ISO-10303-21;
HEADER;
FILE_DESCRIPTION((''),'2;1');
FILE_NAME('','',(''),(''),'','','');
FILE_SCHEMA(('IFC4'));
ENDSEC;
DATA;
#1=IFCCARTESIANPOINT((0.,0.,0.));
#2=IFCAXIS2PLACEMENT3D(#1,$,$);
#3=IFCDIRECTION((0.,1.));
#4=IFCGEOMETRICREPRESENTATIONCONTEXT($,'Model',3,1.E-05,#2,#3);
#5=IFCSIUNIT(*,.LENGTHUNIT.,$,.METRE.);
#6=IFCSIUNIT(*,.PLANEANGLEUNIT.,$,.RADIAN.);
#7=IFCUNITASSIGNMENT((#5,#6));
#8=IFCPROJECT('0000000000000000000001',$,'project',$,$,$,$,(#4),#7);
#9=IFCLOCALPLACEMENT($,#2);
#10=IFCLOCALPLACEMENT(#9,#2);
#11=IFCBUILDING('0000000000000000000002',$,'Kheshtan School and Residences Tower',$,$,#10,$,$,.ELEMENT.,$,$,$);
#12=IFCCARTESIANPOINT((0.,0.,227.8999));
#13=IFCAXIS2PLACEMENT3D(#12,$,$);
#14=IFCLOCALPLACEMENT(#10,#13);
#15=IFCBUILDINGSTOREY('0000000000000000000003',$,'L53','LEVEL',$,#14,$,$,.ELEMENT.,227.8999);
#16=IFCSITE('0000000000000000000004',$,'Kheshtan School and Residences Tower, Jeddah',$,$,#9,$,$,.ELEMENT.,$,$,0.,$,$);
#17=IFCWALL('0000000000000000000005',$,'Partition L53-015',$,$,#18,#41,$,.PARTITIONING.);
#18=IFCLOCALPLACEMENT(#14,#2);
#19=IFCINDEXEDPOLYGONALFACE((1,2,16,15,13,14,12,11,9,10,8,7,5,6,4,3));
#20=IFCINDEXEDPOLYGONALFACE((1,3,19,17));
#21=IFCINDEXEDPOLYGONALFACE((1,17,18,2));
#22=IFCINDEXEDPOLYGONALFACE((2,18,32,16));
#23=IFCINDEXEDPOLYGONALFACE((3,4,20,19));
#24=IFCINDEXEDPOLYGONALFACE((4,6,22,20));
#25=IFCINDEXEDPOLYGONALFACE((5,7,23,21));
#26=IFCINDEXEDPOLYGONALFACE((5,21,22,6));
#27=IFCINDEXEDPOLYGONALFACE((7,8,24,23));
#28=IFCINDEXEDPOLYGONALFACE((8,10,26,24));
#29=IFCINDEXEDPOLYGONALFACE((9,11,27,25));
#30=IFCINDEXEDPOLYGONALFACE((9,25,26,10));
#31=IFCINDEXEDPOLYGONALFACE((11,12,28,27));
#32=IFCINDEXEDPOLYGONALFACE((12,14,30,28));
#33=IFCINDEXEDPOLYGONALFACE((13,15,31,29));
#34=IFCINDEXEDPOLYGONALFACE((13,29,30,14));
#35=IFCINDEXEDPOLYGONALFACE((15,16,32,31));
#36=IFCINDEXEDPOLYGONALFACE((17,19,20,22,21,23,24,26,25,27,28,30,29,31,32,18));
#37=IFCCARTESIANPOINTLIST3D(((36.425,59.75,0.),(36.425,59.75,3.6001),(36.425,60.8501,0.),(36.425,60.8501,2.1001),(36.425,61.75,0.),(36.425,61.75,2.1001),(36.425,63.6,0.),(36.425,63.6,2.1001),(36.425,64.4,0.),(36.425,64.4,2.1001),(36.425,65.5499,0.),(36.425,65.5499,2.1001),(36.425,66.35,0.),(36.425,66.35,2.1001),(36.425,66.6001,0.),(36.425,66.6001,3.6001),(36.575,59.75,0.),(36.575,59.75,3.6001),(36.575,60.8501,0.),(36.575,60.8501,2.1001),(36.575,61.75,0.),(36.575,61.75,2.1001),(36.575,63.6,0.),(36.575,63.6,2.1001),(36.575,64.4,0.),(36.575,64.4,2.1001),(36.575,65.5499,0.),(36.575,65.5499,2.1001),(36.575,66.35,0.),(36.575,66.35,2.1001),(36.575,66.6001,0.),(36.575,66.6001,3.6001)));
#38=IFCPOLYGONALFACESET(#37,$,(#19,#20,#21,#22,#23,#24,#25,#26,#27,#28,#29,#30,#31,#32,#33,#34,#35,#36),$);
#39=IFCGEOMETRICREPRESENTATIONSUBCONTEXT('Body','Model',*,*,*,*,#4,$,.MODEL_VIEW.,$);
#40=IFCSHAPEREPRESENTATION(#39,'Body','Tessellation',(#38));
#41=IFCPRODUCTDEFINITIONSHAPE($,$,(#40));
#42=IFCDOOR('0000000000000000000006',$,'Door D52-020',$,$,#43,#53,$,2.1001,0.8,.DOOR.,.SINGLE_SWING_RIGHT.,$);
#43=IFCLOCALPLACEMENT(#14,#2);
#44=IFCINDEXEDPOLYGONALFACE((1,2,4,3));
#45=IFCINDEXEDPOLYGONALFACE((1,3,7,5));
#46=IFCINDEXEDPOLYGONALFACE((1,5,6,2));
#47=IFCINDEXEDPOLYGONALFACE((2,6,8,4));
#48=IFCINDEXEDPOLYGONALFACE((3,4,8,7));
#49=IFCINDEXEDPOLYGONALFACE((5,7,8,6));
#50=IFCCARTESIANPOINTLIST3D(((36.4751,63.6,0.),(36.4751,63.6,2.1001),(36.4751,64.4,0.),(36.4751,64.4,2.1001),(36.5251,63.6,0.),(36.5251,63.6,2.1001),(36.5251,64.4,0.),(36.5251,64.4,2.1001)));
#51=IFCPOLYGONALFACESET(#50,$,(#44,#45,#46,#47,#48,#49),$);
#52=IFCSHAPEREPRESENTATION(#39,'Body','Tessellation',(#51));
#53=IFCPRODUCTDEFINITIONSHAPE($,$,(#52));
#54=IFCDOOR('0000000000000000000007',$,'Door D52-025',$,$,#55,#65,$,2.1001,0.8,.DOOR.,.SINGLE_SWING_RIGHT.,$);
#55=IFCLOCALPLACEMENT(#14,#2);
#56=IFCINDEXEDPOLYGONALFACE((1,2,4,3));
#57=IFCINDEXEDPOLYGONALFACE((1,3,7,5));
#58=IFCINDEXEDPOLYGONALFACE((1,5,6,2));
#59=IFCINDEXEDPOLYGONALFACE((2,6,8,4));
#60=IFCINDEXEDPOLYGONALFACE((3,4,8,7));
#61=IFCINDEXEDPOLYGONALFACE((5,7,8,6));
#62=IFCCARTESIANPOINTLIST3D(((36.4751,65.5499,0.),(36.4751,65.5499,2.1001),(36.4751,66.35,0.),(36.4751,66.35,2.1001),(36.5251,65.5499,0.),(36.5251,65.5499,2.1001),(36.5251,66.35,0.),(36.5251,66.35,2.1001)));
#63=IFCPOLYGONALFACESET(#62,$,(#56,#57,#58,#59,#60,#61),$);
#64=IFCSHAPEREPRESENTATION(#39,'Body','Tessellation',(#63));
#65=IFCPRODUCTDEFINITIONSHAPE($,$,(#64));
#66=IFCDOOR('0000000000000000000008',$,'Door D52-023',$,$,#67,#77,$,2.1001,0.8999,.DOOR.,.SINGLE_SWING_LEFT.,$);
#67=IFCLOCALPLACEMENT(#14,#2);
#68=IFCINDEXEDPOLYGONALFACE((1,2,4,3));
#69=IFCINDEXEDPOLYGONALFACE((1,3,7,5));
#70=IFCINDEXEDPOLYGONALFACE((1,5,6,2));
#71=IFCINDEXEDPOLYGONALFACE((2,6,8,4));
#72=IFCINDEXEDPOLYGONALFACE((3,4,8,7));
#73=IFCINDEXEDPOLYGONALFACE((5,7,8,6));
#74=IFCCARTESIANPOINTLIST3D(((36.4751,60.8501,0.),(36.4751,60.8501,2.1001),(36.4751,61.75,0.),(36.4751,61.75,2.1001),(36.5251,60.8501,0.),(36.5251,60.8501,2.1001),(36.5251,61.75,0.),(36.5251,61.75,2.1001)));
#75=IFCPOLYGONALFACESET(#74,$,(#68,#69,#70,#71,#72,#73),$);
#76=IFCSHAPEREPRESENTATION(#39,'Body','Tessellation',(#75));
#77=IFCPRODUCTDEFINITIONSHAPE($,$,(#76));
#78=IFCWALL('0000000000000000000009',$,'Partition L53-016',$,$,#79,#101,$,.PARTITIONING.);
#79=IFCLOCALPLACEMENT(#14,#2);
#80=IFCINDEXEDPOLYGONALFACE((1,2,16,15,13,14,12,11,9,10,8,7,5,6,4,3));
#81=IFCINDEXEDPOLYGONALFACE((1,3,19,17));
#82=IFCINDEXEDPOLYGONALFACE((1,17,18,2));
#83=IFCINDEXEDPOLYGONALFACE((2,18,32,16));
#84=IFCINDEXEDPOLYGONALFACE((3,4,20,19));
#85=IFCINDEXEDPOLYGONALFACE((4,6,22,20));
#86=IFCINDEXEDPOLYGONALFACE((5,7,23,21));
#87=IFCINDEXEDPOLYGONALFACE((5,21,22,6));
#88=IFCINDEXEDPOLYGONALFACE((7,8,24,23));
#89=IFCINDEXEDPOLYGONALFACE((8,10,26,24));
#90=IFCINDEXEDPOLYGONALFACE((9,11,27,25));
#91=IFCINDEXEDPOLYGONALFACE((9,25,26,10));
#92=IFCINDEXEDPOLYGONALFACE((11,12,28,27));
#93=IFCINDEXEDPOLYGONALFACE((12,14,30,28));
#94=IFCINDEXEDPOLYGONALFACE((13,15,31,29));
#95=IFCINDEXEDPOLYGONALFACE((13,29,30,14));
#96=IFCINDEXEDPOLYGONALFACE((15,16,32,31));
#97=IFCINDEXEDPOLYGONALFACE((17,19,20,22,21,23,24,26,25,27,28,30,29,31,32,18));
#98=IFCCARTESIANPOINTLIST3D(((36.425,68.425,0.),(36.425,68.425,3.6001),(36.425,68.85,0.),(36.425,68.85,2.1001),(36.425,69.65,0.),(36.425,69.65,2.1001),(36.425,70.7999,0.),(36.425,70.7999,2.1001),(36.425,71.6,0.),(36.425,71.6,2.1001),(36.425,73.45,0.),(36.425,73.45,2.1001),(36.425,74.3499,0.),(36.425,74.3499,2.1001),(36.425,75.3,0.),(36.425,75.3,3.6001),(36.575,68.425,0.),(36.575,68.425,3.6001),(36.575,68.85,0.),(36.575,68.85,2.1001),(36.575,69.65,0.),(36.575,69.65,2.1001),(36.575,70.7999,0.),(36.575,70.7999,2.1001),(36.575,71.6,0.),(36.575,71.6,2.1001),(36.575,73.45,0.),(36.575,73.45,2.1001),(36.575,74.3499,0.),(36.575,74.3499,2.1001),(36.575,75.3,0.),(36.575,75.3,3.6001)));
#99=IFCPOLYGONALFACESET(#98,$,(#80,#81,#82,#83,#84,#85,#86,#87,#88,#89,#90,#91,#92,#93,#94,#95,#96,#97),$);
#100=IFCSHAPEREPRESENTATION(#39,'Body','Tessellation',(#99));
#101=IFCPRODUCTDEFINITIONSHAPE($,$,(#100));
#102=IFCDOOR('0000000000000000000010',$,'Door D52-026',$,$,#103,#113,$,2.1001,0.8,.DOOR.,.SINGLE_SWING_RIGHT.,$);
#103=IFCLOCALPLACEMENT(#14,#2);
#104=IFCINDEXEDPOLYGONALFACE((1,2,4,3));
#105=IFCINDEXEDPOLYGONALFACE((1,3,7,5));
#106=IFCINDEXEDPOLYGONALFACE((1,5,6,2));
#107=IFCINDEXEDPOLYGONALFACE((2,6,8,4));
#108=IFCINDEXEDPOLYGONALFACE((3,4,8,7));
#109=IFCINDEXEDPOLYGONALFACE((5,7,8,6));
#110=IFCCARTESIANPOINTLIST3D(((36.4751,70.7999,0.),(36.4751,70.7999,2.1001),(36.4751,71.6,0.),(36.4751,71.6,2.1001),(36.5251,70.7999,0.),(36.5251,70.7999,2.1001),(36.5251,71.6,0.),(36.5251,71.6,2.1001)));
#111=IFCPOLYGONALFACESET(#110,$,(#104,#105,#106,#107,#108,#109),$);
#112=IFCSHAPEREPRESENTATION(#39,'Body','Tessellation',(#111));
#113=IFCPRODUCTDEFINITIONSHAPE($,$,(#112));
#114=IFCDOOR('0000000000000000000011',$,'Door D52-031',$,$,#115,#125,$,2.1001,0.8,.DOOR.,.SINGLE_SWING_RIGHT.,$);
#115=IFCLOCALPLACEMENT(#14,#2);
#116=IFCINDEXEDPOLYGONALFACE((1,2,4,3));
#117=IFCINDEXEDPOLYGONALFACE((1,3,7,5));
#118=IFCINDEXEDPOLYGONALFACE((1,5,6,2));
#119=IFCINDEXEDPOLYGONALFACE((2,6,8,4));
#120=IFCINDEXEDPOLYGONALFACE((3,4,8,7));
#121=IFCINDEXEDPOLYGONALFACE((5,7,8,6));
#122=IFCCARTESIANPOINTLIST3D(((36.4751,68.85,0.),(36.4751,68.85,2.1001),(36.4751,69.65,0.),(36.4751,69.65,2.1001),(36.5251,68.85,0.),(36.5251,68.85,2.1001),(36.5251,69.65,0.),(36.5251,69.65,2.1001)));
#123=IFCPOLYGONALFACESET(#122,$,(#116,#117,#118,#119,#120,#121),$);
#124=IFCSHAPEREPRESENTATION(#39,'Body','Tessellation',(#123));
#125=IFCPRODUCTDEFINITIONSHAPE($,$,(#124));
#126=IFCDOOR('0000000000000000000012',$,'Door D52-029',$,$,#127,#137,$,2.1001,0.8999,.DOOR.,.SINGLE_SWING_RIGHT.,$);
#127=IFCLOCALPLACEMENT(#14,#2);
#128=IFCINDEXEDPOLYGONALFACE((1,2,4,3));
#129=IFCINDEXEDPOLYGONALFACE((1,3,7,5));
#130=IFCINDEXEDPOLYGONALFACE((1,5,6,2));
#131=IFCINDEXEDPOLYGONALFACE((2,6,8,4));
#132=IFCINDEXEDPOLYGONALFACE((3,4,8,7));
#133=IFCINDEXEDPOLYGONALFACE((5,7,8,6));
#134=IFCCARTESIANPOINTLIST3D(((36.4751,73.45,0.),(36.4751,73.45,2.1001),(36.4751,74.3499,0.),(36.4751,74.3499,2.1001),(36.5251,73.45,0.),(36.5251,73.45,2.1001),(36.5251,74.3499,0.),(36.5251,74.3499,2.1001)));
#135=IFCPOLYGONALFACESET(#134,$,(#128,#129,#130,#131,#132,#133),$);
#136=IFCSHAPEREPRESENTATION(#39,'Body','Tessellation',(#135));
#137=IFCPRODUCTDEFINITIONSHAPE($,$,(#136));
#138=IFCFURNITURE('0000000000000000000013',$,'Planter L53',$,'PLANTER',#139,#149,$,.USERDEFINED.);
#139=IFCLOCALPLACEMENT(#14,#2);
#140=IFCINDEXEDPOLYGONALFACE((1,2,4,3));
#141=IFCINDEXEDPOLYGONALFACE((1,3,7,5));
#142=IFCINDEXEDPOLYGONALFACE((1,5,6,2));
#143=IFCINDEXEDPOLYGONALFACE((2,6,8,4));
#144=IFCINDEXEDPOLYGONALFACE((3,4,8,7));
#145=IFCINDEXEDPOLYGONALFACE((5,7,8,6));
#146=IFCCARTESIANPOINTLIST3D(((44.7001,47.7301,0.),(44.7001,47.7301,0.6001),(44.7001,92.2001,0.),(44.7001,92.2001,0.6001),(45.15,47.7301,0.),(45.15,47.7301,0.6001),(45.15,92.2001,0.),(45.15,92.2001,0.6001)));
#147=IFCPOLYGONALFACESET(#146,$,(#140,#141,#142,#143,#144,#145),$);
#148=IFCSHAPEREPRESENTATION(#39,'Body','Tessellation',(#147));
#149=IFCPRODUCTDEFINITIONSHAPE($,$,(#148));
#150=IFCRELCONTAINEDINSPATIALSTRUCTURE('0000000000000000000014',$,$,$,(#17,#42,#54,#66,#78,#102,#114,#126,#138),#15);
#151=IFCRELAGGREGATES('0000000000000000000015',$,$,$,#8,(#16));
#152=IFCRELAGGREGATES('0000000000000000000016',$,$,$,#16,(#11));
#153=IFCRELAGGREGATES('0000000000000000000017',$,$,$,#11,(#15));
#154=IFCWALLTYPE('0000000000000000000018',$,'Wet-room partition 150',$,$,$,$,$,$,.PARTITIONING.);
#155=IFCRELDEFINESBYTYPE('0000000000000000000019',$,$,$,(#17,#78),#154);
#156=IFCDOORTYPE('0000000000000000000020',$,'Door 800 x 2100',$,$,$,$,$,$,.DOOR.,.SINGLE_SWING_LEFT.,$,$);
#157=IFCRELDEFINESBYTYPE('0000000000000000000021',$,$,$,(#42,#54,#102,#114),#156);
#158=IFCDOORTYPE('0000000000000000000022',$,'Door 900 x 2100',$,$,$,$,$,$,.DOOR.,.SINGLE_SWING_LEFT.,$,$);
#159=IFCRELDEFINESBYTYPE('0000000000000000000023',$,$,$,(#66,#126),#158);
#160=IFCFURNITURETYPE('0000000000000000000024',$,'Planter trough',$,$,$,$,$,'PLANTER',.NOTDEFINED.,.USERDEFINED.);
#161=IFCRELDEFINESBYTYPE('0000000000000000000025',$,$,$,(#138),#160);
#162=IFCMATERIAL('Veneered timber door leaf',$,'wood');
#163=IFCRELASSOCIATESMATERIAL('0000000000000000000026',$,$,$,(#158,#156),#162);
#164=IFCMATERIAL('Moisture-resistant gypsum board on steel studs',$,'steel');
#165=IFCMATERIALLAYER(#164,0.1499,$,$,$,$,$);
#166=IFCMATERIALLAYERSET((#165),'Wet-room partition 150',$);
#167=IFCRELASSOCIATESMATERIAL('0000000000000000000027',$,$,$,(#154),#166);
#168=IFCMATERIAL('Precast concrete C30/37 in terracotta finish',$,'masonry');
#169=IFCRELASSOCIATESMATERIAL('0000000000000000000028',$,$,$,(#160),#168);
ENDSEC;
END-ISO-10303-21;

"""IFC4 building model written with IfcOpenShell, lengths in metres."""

from ifc_helpers import new_model, si_unit, direction, frame, frame_2d, origin, origin_2d, place, context, subcontext, project, spatial, rectangle, extrude, source, transform, mapped, material, layer, layer_set, type_object, element, fill, save


model = new_model("IFC4")

# Units and contexts
model_context = context("Model", 3, precision=1e-05, world=origin(), true_north=direction((0.0, 1.0)))
body_context = subcontext(model_context, "Body", "Model", "MODEL_VIEW")
ifc_project = project(units=[si_unit("LENGTHUNIT", "METRE"), si_unit("PLANEANGLEUNIT", "RADIAN")], contexts=[model_context])

# Site, building, storey
site_placement = place(None, origin())
site = spatial("IfcSite", under=ifc_project, at=site_placement, Name="Kheshtan School and Residences Tower, Jeddah", CompositionType="ELEMENT", RefElevation=0.0)
building_placement = place(site_placement, origin())
building = spatial("IfcBuilding", under=site, at=building_placement, Name="Kheshtan School and Residences Tower", CompositionType="ELEMENT")
storey_placement = place(building_placement, frame((0.0, 0.0, 227.8999)))
storey = spatial("IfcBuildingStorey", under=building, at=storey_placement, Name="L53", Description="LEVEL", CompositionType="ELEMENT", Elevation=227.8999)

# Shared definitions
ifc_material_1 = material(Name="Veneered timber door leaf", Category="wood")
door_type_1 = type_object("IfcDoorType", Name="Door 900 x 2100", OperationType="SINGLE_SWING_LEFT", PredefinedType="DOOR", material=ifc_material_1)
shared_shape_1 = source(origin(), body_context, "Body", "SweptSolid", [
    extrude(rectangle(XDim=0.8999, YDim=2.1001, at=frame_2d((0.45, 1.05))), frame((0.0, 0.0249, 0.0), z_axis=(0.0, -1.0, 0.0), x_axis=(1.0, 0.0, 0.0)), (0.0, 0.0, 1.0), 0.05),
])

# Shared definitions
ifc_material_2 = material(Name="Moisture-resistant gypsum board on steel studs", Category="steel")
ifc_layer_1 = layer(ifc_material_2, 0.1499)
ifc_layer_set_1 = layer_set([ifc_layer_1], Name="Wet-room partition 150")
wall_type_1 = type_object("IfcWallType", Name="Wet-room partition 150", PredefinedType="PARTITIONING", material=ifc_layer_set_1)

# Walls, openings, doors
wall_1_placement = place(storey_placement, frame((36.5, 59.75, 0.0), z_axis=(0.0, 0.0, 1.0), x_axis=(0.0, 1.0, 0.0)))
wall_1 = element("IfcWall", 1, at=wall_1_placement, inside=storey, type_object=wall_type_1, Name="Partition L53-015", PredefinedType="PARTITIONING", context=body_context, shape_type="SweptSolid", body=[
    extrude(rectangle(XDim=6.8501, YDim=0.1499, at=frame_2d((3.425, 0.0))), origin(), (0.0, 0.0, 1.0), 3.6001),
])
opening_1_placement = place(wall_1_placement, frame((3.8501, 0.0, 0.0)))
opening_1 = element("IfcOpeningElement", 2, at=opening_1_placement, cuts=wall_1, PredefinedType="OPENING", context=body_context, shape_type="SweptSolid", body=[
    extrude(rectangle(XDim=0.8, YDim=2.1001, at=frame_2d((0.3999, 1.05))), frame((0.0, 0.085, 0.0), z_axis=(0.0, -1.0, 0.0), x_axis=(1.0, 0.0, 0.0)), (0.0, 0.0, 1.0), 0.1699),
])
opening_2_placement = place(wall_1_placement, frame((1.1001, 0.0, 0.0)))
opening_2 = element("IfcOpeningElement", 3, at=opening_2_placement, cuts=wall_1, PredefinedType="OPENING", context=body_context, shape_type="SweptSolid", body=[
    extrude(rectangle(XDim=0.8999, YDim=2.1001, at=frame_2d((0.45, 1.05))), frame((0.0, 0.085, 0.0), z_axis=(0.0, -1.0, 0.0), x_axis=(1.0, 0.0, 0.0)), (0.0, 0.0, 1.0), 0.1699),
])
opening_3_placement = place(wall_1_placement, frame((5.8, 0.0, 0.0)))
opening_3 = element("IfcOpeningElement", 4, at=opening_3_placement, cuts=wall_1, PredefinedType="OPENING", context=body_context, shape_type="SweptSolid", body=[
    extrude(rectangle(XDim=0.8, YDim=2.1001, at=frame_2d((0.3999, 1.05))), frame((0.0, 0.085, 0.0), z_axis=(0.0, -1.0, 0.0), x_axis=(1.0, 0.0, 0.0)), (0.0, 0.0, 1.0), 0.1699),
])
door_type_2 = type_object("IfcDoorType", Name="Door 800 x 2100", OperationType="SINGLE_SWING_LEFT", PredefinedType="DOOR", material=ifc_material_1)
shared_shape_2 = source(origin(), body_context, "Body", "SweptSolid", [
    extrude(rectangle(XDim=0.8, YDim=2.1001, at=frame_2d((0.3999, 1.05))), frame((0.0, 0.0249, 0.0), z_axis=(0.0, -1.0, 0.0), x_axis=(1.0, 0.0, 0.0)), (0.0, 0.0, 1.0), 0.05),
])
door_1_placement = place(opening_1_placement, origin())
door_1 = element("IfcDoor", 5, at=door_1_placement, inside=storey, type_object=door_type_2, Name="Door D52-020", OperationType="SINGLE_SWING_RIGHT", OverallHeight=2.1001, OverallWidth=0.8, PredefinedType="DOOR", context=body_context, shape_type="MappedRepresentation", body=[
    mapped(shared_shape_2, transform((0.0, 0.0, 0.0), x_axis=(1.0, 0.0, 0.0), y_axis=(0.0, 1.0, 0.0), z_axis=(0.0, 0.0, 1.0), scale=1.0)),
])
fill(opening_1, door_1)
door_2_placement = place(opening_3_placement, origin())
door_2 = element("IfcDoor", 6, at=door_2_placement, inside=storey, type_object=door_type_2, Name="Door D52-025", OperationType="SINGLE_SWING_RIGHT", OverallHeight=2.1001, OverallWidth=0.8, PredefinedType="DOOR", context=body_context, shape_type="MappedRepresentation", body=[
    mapped(shared_shape_2, transform((0.0, 0.0, 0.0), x_axis=(1.0, 0.0, 0.0), y_axis=(0.0, 1.0, 0.0), z_axis=(0.0, 0.0, 1.0), scale=1.0)),
])
fill(opening_3, door_2)
door_3_placement = place(opening_2_placement, origin())
door_3 = element("IfcDoor", 7, at=door_3_placement, inside=storey, type_object=door_type_1, Name="Door D52-023", OperationType="SINGLE_SWING_LEFT", OverallHeight=2.1001, OverallWidth=0.8999, PredefinedType="DOOR", context=body_context, shape_type="MappedRepresentation", body=[
    mapped(shared_shape_1, transform((0.0, 0.0, 0.0), x_axis=(1.0, 0.0, 0.0), y_axis=(0.0, 1.0, 0.0), z_axis=(0.0, 0.0, 1.0), scale=1.0)),
])
fill(opening_2, door_3)
wall_2_placement = place(storey_placement, frame((36.5, 68.425, 0.0), z_axis=(0.0, 0.0, 1.0), x_axis=(0.0, 1.0, 0.0)))
wall_2 = element("IfcWall", 8, at=wall_2_placement, inside=storey, type_object=wall_type_1, Name="Partition L53-016", PredefinedType="PARTITIONING", context=body_context, shape_type="SweptSolid", body=[
    extrude(rectangle(XDim=6.875, YDim=0.1499, at=frame_2d((3.4375, 0.0))), origin(), (0.0, 0.0, 1.0), 3.6001),
])
opening_4_placement = place(wall_2_placement, frame((2.375, 0.0, 0.0)))
opening_4 = element("IfcOpeningElement", 9, at=opening_4_placement, cuts=wall_2, PredefinedType="OPENING", context=body_context, shape_type="SweptSolid", body=[
    extrude(rectangle(XDim=0.8, YDim=2.1001, at=frame_2d((0.3999, 1.05))), frame((0.0, 0.085, 0.0), z_axis=(0.0, -1.0, 0.0), x_axis=(1.0, 0.0, 0.0)), (0.0, 0.0, 1.0), 0.1699),
])
opening_5_placement = place(wall_2_placement, frame((5.0249, 0.0, 0.0)))
opening_5 = element("IfcOpeningElement", 10, at=opening_5_placement, cuts=wall_2, PredefinedType="OPENING", context=body_context, shape_type="SweptSolid", body=[
    extrude(rectangle(XDim=0.8999, YDim=2.1001, at=frame_2d((0.45, 1.05))), frame((0.0, 0.085, 0.0), z_axis=(0.0, -1.0, 0.0), x_axis=(1.0, 0.0, 0.0)), (0.0, 0.0, 1.0), 0.1699),
])
opening_6_placement = place(wall_2_placement, frame((0.425, 0.0, 0.0)))
opening_6 = element("IfcOpeningElement", 11, at=opening_6_placement, cuts=wall_2, PredefinedType="OPENING", context=body_context, shape_type="SweptSolid", body=[
    extrude(rectangle(XDim=0.8, YDim=2.1001, at=frame_2d((0.3999, 1.05))), frame((0.0, 0.085, 0.0), z_axis=(0.0, -1.0, 0.0), x_axis=(1.0, 0.0, 0.0)), (0.0, 0.0, 1.0), 0.1699),
])
door_4_placement = place(opening_4_placement, origin())
door_4 = element("IfcDoor", 12, at=door_4_placement, inside=storey, type_object=door_type_2, Name="Door D52-026", OperationType="SINGLE_SWING_RIGHT", OverallHeight=2.1001, OverallWidth=0.8, PredefinedType="DOOR", context=body_context, shape_type="MappedRepresentation", body=[
    mapped(shared_shape_2, transform((0.0, 0.0, 0.0), x_axis=(1.0, 0.0, 0.0), y_axis=(0.0, 1.0, 0.0), z_axis=(0.0, 0.0, 1.0), scale=1.0)),
])
fill(opening_4, door_4)
door_5_placement = place(opening_6_placement, origin())
door_5 = element("IfcDoor", 13, at=door_5_placement, inside=storey, type_object=door_type_2, Name="Door D52-031", OperationType="SINGLE_SWING_RIGHT", OverallHeight=2.1001, OverallWidth=0.8, PredefinedType="DOOR", context=body_context, shape_type="MappedRepresentation", body=[
    mapped(shared_shape_2, transform((0.0, 0.0, 0.0), x_axis=(1.0, 0.0, 0.0), y_axis=(0.0, 1.0, 0.0), z_axis=(0.0, 0.0, 1.0), scale=1.0)),
])
fill(opening_6, door_5)
door_6_placement = place(opening_5_placement, origin())
door_6 = element("IfcDoor", 14, at=door_6_placement, inside=storey, type_object=door_type_1, Name="Door D52-029", OperationType="SINGLE_SWING_RIGHT", OverallHeight=2.1001, OverallWidth=0.8999, PredefinedType="DOOR", context=body_context, shape_type="MappedRepresentation", body=[
    mapped(shared_shape_1, transform((0.0, 0.0, 0.0), x_axis=(1.0, 0.0, 0.0), y_axis=(0.0, 1.0, 0.0), z_axis=(0.0, 0.0, 1.0), scale=1.0)),
])
fill(opening_5, door_6)

# Furniture
ifc_material_3 = material(Name="Precast concrete C30/37 in terracotta finish", Category="masonry")
furniture_type = type_object("IfcFurnitureType", Name="Planter trough", ElementType="PLANTER", AssemblyPlace="NOTDEFINED", PredefinedType="USERDEFINED", material=ifc_material_3)
furniture_placement = place(storey_placement, frame((44.925, 69.9651, 0.0), z_axis=(0.0, 0.0, 1.0), x_axis=(0.0, -1.0, 0.0)))
element("IfcFurniture", 15, at=furniture_placement, inside=storey, type_object=furniture_type, Name="Planter L53", ObjectType="PLANTER", PredefinedType="USERDEFINED", context=body_context, shape_type="SweptSolid", body=[
    extrude(rectangle(XDim=44.47, YDim=0.45, at=origin_2d()), origin(), (0.0, 0.0, 1.0), 0.6001),
])

save(model, "model.ifc")
